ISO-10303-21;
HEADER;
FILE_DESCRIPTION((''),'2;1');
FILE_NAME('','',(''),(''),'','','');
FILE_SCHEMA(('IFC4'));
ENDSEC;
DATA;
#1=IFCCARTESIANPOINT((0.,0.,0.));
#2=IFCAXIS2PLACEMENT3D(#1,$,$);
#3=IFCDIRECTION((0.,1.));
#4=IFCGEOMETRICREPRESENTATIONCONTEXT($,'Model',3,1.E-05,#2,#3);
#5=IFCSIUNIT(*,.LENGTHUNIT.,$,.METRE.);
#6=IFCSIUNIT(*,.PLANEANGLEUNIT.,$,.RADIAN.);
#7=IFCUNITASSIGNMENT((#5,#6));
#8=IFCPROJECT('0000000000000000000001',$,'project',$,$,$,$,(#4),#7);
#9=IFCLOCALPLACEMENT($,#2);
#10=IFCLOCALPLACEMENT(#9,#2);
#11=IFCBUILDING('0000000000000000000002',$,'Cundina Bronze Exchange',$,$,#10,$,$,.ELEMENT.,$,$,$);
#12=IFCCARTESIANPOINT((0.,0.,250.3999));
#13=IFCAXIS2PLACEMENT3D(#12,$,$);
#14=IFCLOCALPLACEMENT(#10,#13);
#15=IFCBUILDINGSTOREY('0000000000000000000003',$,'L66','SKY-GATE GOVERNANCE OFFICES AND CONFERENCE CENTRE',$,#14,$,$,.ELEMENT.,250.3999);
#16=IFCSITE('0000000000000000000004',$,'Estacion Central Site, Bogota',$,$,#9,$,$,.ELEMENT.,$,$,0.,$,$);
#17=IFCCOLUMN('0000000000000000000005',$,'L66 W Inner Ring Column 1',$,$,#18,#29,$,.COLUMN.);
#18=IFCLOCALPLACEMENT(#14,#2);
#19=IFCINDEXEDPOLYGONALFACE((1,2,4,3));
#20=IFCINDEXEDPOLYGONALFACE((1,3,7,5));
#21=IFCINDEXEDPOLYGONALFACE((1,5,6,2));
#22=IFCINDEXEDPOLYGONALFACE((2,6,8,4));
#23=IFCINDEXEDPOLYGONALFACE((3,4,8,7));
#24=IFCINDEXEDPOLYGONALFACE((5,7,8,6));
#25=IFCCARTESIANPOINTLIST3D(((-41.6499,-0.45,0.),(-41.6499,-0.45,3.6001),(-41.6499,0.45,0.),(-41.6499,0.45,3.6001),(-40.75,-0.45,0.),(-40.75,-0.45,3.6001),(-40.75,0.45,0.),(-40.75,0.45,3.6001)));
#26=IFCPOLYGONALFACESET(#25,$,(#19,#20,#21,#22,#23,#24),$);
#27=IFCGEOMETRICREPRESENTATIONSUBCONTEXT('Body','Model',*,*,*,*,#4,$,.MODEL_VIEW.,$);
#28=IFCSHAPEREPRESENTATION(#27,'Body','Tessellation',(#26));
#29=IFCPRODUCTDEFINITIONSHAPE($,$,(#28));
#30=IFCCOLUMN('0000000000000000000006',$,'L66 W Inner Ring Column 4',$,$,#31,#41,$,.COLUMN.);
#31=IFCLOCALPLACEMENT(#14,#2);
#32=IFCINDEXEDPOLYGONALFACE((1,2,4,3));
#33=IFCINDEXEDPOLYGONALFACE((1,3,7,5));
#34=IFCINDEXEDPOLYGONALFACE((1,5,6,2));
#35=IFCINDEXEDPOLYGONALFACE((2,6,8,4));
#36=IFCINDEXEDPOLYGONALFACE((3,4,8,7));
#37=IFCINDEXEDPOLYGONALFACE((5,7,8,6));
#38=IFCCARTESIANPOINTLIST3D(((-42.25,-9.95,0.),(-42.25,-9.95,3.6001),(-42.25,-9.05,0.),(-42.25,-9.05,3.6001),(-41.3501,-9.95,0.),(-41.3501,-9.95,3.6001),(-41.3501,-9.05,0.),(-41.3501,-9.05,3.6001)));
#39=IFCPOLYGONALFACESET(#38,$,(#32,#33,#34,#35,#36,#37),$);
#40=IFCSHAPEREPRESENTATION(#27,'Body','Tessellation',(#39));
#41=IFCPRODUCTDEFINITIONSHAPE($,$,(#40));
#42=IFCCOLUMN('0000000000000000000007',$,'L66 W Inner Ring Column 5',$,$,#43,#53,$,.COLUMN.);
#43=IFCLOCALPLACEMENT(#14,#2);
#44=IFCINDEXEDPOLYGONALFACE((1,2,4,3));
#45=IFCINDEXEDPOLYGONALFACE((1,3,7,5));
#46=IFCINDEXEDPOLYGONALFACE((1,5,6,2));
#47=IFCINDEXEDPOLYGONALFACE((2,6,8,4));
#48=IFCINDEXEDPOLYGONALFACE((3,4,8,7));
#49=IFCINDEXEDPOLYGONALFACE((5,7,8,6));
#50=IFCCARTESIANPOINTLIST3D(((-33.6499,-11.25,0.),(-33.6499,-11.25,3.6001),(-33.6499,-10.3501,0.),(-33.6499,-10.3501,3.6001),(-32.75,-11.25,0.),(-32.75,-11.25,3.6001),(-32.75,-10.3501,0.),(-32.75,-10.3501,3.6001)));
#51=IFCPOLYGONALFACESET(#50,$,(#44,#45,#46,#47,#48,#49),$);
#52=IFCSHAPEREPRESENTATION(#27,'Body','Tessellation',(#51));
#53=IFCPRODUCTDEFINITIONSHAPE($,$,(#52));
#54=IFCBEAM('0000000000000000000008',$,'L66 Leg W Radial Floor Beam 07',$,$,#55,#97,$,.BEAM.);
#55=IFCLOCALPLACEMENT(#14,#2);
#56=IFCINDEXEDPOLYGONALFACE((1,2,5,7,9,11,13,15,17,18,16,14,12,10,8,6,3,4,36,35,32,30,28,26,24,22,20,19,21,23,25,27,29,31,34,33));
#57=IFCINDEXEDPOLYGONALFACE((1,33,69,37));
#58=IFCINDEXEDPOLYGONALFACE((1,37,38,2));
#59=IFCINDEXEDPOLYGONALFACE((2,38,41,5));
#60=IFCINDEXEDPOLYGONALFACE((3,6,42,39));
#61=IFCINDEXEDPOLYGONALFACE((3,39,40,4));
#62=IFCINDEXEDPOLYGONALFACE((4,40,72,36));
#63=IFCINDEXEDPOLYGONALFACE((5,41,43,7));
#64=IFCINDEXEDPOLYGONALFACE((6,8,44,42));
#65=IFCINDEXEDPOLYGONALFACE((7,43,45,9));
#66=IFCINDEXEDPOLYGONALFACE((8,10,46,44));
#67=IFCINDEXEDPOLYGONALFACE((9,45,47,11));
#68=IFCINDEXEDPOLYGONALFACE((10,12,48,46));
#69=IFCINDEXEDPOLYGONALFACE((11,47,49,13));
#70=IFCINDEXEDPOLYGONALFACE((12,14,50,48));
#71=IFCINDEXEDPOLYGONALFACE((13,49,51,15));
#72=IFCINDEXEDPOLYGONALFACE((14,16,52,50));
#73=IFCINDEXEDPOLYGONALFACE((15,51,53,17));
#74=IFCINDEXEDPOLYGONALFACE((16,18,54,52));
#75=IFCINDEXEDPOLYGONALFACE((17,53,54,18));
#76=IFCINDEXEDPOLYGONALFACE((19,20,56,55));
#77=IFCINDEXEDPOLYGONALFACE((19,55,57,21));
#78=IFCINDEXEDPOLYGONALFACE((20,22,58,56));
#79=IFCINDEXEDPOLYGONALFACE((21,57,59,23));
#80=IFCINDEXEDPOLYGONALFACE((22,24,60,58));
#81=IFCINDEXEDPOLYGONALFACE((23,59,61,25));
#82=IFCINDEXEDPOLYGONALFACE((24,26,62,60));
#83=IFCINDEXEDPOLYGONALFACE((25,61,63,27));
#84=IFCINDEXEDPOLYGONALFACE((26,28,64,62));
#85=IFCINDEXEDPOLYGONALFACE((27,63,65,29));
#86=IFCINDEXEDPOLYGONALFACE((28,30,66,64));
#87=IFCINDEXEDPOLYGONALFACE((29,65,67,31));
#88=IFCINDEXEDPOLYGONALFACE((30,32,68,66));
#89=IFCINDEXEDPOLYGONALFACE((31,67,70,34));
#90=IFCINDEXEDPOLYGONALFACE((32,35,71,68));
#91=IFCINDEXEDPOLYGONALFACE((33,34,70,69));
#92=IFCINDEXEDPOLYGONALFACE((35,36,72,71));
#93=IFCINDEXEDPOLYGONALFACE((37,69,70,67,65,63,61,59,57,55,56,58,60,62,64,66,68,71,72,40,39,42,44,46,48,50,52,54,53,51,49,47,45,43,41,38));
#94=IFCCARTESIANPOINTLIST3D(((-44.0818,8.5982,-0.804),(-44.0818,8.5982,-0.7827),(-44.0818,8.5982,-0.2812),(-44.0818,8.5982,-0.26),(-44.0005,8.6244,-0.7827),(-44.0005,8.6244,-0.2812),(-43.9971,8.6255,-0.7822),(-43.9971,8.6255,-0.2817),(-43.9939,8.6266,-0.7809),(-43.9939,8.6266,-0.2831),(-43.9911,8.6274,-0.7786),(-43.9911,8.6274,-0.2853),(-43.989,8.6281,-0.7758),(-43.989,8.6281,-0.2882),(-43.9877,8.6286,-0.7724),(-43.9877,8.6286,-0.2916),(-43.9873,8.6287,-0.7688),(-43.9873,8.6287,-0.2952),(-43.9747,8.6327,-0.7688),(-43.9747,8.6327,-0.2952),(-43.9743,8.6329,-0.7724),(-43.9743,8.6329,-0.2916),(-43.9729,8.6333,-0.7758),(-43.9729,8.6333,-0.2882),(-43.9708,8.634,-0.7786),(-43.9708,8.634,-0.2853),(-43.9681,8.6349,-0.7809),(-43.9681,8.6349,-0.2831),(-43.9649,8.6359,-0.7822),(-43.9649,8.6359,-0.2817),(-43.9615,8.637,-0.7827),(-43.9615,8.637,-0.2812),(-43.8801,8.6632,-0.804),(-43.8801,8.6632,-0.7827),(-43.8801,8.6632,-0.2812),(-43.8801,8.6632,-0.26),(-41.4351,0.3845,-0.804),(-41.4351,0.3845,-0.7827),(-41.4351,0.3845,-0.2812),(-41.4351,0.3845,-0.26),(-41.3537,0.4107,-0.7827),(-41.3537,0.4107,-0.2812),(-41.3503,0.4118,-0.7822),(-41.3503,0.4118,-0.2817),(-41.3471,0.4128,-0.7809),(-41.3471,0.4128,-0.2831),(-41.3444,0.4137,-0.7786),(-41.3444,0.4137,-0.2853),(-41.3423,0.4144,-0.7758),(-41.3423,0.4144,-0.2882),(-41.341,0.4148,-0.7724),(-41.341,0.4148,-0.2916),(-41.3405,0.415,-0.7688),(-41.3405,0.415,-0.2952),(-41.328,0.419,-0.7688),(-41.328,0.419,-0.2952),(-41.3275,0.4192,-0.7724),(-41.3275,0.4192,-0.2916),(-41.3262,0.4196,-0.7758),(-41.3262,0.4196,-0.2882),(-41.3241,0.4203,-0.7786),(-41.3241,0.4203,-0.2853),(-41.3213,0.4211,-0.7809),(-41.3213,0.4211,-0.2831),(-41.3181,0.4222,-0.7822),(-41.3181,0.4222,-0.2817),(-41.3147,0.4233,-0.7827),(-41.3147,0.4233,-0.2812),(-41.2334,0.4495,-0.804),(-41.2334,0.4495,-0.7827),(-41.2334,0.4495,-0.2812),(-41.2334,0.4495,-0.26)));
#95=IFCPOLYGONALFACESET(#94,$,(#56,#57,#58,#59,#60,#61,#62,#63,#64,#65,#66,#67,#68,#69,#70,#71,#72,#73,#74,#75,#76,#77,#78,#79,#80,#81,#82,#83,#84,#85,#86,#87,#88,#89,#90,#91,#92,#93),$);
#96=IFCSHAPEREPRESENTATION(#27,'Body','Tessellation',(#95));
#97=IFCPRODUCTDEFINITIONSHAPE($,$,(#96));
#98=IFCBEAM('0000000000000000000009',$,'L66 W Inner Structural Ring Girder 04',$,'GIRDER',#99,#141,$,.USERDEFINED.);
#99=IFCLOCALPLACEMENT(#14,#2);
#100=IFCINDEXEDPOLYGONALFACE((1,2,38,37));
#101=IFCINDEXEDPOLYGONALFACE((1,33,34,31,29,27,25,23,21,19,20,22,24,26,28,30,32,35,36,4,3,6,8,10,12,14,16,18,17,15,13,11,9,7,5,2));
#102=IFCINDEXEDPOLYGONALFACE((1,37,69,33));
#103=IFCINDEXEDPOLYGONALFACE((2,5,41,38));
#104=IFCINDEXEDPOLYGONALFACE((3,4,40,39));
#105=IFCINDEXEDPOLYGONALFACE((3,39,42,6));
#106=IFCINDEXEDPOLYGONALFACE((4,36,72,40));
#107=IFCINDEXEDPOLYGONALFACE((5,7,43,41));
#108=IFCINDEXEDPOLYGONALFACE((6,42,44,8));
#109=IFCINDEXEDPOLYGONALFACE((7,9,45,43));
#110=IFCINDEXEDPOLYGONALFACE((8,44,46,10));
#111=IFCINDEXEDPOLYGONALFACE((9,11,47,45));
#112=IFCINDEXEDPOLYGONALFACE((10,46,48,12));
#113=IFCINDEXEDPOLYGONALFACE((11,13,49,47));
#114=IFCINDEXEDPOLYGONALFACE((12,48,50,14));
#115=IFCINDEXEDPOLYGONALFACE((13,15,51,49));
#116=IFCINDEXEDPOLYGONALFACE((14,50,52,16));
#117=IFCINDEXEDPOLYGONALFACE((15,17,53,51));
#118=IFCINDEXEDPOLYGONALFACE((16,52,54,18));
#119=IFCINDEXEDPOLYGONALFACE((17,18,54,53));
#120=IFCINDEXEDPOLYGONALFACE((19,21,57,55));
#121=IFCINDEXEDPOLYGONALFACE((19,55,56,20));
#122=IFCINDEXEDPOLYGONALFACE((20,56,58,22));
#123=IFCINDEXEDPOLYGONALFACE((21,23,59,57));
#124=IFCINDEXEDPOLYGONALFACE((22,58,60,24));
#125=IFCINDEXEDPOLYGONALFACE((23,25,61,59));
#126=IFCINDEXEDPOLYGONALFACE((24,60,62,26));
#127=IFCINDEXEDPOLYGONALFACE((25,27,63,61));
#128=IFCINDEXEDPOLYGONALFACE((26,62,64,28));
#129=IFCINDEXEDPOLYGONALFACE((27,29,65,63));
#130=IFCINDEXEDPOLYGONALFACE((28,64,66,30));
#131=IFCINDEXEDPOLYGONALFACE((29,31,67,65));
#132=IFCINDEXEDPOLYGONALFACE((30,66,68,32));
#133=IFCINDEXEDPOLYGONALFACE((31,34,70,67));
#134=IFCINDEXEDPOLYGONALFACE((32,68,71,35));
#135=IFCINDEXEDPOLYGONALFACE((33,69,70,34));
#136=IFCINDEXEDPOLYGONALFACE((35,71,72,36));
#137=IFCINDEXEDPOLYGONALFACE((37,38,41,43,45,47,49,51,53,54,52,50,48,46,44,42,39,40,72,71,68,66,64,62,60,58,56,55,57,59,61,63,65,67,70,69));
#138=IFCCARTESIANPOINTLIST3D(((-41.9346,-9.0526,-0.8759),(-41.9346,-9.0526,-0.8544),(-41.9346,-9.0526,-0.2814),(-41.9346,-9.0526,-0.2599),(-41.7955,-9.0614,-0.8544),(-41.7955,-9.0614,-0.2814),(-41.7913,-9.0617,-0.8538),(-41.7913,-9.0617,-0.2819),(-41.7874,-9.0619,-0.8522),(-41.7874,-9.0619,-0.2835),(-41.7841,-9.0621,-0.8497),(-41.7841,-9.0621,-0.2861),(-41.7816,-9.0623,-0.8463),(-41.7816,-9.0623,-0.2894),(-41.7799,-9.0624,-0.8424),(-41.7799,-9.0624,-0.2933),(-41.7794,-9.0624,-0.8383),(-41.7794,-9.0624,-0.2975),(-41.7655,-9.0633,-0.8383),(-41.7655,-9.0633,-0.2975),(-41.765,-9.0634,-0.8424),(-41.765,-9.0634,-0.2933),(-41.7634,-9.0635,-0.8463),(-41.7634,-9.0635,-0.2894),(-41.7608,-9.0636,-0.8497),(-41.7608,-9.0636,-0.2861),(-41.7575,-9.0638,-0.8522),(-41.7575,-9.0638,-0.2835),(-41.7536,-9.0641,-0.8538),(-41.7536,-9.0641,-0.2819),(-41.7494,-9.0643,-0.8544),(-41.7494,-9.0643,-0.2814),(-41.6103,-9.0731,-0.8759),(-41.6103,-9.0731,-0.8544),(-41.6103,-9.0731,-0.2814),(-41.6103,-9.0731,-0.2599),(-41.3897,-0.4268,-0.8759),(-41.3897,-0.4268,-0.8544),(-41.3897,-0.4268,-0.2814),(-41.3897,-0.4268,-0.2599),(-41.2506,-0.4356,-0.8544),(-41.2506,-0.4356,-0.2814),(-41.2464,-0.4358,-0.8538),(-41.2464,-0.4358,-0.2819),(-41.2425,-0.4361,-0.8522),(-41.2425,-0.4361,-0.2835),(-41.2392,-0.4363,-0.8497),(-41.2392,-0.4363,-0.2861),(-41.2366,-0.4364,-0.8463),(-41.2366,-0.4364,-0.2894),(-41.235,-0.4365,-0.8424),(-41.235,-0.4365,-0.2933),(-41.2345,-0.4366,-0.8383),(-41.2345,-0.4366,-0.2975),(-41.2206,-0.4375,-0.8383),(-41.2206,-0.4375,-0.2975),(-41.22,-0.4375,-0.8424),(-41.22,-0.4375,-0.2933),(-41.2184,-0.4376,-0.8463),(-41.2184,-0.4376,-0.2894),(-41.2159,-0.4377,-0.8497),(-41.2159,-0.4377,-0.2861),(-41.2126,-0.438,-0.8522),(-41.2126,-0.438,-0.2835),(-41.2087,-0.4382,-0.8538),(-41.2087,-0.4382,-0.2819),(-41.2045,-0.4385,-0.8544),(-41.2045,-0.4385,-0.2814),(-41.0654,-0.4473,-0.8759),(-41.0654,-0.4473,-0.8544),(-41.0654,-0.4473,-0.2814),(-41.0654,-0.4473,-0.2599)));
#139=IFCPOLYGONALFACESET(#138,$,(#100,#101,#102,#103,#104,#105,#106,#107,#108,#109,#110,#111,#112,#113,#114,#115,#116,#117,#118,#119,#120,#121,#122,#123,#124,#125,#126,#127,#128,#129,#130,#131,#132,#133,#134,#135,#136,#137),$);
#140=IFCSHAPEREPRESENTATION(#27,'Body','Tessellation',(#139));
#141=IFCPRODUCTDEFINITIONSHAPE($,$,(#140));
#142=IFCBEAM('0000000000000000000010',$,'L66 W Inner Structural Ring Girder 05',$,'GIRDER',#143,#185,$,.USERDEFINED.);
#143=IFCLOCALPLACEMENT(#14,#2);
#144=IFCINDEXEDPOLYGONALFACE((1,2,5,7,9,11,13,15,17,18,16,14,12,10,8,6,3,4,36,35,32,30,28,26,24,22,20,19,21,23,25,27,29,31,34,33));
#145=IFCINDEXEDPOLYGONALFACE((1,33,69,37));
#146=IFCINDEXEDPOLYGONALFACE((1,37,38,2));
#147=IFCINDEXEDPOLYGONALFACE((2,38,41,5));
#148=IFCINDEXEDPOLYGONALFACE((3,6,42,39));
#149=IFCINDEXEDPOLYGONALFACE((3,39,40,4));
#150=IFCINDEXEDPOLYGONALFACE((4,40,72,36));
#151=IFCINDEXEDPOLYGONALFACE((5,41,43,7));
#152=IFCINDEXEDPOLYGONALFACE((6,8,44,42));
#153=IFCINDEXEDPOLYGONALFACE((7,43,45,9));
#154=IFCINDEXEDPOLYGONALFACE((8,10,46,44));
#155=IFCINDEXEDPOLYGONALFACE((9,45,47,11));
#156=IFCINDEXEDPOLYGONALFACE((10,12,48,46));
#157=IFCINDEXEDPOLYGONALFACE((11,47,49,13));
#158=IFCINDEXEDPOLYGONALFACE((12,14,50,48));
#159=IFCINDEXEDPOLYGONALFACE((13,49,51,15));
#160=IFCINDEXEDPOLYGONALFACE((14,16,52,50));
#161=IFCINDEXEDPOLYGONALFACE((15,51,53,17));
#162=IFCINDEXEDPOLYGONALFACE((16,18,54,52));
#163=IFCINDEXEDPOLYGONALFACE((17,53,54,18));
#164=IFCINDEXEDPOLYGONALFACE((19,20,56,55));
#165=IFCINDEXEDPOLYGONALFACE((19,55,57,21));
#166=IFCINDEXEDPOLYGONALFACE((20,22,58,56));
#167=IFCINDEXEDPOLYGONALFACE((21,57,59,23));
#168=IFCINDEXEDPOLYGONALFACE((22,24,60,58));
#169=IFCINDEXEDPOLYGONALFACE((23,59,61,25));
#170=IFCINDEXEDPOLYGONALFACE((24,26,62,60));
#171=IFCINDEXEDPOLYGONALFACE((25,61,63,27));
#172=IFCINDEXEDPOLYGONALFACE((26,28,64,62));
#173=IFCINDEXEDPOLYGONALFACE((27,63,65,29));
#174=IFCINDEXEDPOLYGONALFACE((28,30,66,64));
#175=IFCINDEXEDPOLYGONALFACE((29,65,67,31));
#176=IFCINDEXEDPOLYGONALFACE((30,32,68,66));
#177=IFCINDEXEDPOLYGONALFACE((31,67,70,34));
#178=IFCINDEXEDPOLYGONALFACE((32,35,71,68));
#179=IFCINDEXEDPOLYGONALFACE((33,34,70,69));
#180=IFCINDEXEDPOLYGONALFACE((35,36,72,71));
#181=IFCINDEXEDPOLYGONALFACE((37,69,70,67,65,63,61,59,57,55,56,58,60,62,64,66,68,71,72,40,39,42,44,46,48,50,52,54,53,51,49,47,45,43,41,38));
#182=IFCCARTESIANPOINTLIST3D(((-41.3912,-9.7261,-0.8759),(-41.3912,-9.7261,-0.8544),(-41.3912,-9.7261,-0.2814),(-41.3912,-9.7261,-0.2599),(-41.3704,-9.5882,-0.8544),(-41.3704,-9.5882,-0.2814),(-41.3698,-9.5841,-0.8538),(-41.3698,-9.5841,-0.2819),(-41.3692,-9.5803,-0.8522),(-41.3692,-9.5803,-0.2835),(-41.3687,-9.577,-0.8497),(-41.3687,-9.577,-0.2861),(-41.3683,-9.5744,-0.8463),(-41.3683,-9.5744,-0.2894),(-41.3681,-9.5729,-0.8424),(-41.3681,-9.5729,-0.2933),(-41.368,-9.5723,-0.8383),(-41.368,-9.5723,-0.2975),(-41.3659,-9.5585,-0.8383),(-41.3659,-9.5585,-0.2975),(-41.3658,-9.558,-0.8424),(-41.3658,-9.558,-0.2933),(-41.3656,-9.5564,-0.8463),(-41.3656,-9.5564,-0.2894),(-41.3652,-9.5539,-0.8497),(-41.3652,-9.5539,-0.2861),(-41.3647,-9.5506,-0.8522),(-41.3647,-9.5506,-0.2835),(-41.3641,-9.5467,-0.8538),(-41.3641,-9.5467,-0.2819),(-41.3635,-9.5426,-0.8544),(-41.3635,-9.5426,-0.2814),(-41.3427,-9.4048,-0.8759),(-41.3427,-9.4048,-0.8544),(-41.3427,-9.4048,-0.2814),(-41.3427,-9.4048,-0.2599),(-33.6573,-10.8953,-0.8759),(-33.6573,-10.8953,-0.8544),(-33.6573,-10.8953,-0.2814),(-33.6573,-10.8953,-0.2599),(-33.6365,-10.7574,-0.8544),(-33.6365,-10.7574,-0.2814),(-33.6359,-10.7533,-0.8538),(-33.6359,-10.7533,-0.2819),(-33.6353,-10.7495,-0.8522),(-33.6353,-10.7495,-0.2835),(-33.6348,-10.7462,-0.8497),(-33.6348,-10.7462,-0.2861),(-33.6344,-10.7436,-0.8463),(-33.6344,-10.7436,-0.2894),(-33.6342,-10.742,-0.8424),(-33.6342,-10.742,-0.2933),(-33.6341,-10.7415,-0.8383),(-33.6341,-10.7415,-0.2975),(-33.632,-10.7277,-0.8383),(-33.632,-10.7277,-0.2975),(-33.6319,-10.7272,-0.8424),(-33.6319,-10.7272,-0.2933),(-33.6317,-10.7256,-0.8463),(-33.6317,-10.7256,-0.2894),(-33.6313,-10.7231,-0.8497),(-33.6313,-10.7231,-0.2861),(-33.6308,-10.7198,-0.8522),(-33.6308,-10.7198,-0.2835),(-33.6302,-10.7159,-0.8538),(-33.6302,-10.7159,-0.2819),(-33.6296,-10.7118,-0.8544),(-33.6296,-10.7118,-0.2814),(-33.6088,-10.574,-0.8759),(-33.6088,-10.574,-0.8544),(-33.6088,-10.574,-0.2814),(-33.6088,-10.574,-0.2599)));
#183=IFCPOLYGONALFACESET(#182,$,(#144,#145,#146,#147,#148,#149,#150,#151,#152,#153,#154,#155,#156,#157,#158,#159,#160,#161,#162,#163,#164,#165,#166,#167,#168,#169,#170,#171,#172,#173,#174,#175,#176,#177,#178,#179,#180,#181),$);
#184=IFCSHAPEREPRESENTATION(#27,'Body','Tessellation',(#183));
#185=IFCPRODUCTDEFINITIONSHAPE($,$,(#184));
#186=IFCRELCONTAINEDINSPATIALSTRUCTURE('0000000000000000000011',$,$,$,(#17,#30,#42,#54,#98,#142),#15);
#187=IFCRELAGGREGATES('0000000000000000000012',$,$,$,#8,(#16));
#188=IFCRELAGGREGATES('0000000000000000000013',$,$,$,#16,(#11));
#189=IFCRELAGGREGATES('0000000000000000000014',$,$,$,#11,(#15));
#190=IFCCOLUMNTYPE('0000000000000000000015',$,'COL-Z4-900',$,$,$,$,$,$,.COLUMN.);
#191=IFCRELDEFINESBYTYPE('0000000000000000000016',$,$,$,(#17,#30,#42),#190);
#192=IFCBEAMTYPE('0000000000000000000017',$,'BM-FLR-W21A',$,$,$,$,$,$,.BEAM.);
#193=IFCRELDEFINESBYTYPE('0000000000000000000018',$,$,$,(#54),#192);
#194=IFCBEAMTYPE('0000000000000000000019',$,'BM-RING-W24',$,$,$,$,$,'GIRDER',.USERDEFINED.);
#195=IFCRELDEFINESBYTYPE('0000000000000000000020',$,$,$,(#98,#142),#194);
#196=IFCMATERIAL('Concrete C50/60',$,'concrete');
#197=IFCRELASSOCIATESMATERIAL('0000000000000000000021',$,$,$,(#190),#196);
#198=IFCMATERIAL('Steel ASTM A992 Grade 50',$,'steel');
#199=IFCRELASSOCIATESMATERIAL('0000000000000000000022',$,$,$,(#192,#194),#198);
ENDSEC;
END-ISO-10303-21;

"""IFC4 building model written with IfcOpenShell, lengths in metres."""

from ifc_helpers import new_model, si_unit, direction, frame, origin, origin_2d, place, context, subcontext, project, spatial, rectangle, i_section, extrude, material, material_profile, profile_set, type_object, element, save


model = new_model("IFC4")

# Units and contexts
model_context = context("Model", 3, precision=1e-05, world=origin(), true_north=direction((0.0, 1.0)))
body_context = subcontext(model_context, "Body", "Model", "MODEL_VIEW")
ifc_project = project(units=[si_unit("LENGTHUNIT", "METRE"), si_unit("PLANEANGLEUNIT", "RADIAN")], contexts=[model_context])

# Site, building, storey
site_placement = place(None, origin())
site = spatial("IfcSite", under=ifc_project, at=site_placement, Name="Estacion Central Site, Bogota", CompositionType="ELEMENT", RefElevation=0.0)
building_placement = place(site_placement, origin())
building = spatial("IfcBuilding", under=site, at=building_placement, Name="Cundina Bronze Exchange", CompositionType="ELEMENT")
storey_placement = place(building_placement, frame((0.0, 0.0, 250.3999)))
storey = spatial("IfcBuildingStorey", under=building, at=storey_placement, Name="L66", Description="SKY-GATE GOVERNANCE OFFICES AND CONFERENCE CENTRE", CompositionType="ELEMENT", Elevation=250.3999)

# Columns
ifc_material_1 = material(Name="Concrete C50/60", Category="concrete")
ifc_material_profile_1 = material_profile(ifc_material_1, rectangle(XDim=0.8999, YDim=0.8999, at=origin_2d()), Name="RC900X900", Category="concrete")
ifc_profile_set_1 = profile_set([ifc_material_profile_1], Name="Concrete C50/60")
column_type = type_object("IfcColumnType", Name="COL-Z4-900", PredefinedType="COLUMN", material=ifc_profile_set_1)
for number, where, z_axis, x_axis, name in (
    (1, (-41.2, 0.0, 0.0), (0.0, 0.0, 1.0), (1.0, 0.0, 0.0), "L66 W Inner Ring Column 1"),
    (2, (-41.8, -9.5, 0.0), (0.0, 0.0, 1.0), (1.0, 0.0, 0.0), "L66 W Inner Ring Column 4"),
    (3, (-33.2, -10.8, 0.0), (0.0, 0.0, 1.0), (1.0, 0.0, 0.0), "L66 W Inner Ring Column 5"),
):
    element("IfcColumn", number, at=place(storey_placement, frame(where, z_axis=z_axis, x_axis=x_axis)), inside=storey, type_object=column_type, Name=name, PredefinedType="COLUMN", context=body_context, shape_type="SweptSolid", body=[
        extrude(rectangle(XDim=0.8999, YDim=0.8999, at=origin_2d()), origin(), (0.0, 0.0, 1.0), 3.6001),
    ])

# Beams
ifc_material_2 = material(Name="Steel ASTM A992 Grade 50", Category="steel")
ifc_material_profile_2 = material_profile(ifc_material_2, i_section(OverallWidth=0.2119, OverallDepth=0.5439, WebThickness=0.0132, FlangeThickness=0.0212, FilletRadius=0.0139, at=origin_2d()), Name="W21X83", Category="steel")
ifc_profile_set_2 = profile_set([ifc_material_profile_2], Name="Steel ASTM A992 Grade 50")
beam_type_1 = type_object("IfcBeamType", Name="BM-FLR-W21A", PredefinedType="BEAM", material=ifc_profile_set_2)
beam_1_placement = place(storey_placement, frame((-41.3342, 0.417, -0.532), z_axis=(-0.306706, 0.951804, 0.0), x_axis=(-0.951804, -0.306706, 0.0)))
element("IfcBeam", 4, at=beam_1_placement, inside=storey, type_object=beam_type_1, Name="L66 Leg W Radial Floor Beam 07", PredefinedType="BEAM", context=body_context, shape_type="SweptSolid", body=[
    extrude(i_section(OverallWidth=0.2119, OverallDepth=0.5439, WebThickness=0.0132, FlangeThickness=0.0212, FilletRadius=0.0139, at=origin_2d()), origin(), (0.0, 0.0, 1.0), 8.6296),
])
ifc_material_profile_3 = material_profile(ifc_material_2, i_section(OverallWidth=0.325, OverallDepth=0.616, WebThickness=0.0139, FlangeThickness=0.0215, FilletRadius=0.0161, at=origin_2d()), Name="W24X117", Category="steel")
ifc_profile_set_3 = profile_set([ifc_material_profile_3], Name="Steel ASTM A992 Grade 50")
beam_type_2 = type_object("IfcBeamType", Name="BM-RING-W24", ElementType="GIRDER", PredefinedType="USERDEFINED", material=ifc_profile_set_3)
beam_2_placement = place(storey_placement, frame((-41.2275, -0.437, -0.5679), z_axis=(-0.063047, -0.998011, 0.0), x_axis=(0.998011, -0.063047, 0.0)))
element("IfcBeam", 5, at=beam_2_placement, inside=storey, type_object=beam_type_2, Name="L66 W Inner Structural Ring Girder 04", ObjectType="GIRDER", PredefinedType="USERDEFINED", context=body_context, shape_type="SweptSolid", body=[
    extrude(i_section(OverallWidth=0.325, OverallDepth=0.616, WebThickness=0.0139, FlangeThickness=0.0215, FilletRadius=0.0161, at=origin_2d()), origin(), (0.0, 0.0, 1.0), 8.6431),
])
beam_3_placement = place(storey_placement, frame((-41.3669, -9.5654, -0.5679), z_axis=(0.988765, -0.149479, 0.0), x_axis=(0.149479, 0.988765, 0.0)))
element("IfcBeam", 6, at=beam_3_placement, inside=storey, type_object=beam_type_2, Name="L66 W Inner Structural Ring Girder 05", ObjectType="GIRDER", PredefinedType="USERDEFINED", context=body_context, shape_type="SweptSolid", body=[
    extrude(i_section(OverallWidth=0.325, OverallDepth=0.616, WebThickness=0.0139, FlangeThickness=0.0215, FilletRadius=0.0161, at=origin_2d()), origin(), (0.0, 0.0, 1.0), 7.8218),
])

save(model, "model.ifc")
